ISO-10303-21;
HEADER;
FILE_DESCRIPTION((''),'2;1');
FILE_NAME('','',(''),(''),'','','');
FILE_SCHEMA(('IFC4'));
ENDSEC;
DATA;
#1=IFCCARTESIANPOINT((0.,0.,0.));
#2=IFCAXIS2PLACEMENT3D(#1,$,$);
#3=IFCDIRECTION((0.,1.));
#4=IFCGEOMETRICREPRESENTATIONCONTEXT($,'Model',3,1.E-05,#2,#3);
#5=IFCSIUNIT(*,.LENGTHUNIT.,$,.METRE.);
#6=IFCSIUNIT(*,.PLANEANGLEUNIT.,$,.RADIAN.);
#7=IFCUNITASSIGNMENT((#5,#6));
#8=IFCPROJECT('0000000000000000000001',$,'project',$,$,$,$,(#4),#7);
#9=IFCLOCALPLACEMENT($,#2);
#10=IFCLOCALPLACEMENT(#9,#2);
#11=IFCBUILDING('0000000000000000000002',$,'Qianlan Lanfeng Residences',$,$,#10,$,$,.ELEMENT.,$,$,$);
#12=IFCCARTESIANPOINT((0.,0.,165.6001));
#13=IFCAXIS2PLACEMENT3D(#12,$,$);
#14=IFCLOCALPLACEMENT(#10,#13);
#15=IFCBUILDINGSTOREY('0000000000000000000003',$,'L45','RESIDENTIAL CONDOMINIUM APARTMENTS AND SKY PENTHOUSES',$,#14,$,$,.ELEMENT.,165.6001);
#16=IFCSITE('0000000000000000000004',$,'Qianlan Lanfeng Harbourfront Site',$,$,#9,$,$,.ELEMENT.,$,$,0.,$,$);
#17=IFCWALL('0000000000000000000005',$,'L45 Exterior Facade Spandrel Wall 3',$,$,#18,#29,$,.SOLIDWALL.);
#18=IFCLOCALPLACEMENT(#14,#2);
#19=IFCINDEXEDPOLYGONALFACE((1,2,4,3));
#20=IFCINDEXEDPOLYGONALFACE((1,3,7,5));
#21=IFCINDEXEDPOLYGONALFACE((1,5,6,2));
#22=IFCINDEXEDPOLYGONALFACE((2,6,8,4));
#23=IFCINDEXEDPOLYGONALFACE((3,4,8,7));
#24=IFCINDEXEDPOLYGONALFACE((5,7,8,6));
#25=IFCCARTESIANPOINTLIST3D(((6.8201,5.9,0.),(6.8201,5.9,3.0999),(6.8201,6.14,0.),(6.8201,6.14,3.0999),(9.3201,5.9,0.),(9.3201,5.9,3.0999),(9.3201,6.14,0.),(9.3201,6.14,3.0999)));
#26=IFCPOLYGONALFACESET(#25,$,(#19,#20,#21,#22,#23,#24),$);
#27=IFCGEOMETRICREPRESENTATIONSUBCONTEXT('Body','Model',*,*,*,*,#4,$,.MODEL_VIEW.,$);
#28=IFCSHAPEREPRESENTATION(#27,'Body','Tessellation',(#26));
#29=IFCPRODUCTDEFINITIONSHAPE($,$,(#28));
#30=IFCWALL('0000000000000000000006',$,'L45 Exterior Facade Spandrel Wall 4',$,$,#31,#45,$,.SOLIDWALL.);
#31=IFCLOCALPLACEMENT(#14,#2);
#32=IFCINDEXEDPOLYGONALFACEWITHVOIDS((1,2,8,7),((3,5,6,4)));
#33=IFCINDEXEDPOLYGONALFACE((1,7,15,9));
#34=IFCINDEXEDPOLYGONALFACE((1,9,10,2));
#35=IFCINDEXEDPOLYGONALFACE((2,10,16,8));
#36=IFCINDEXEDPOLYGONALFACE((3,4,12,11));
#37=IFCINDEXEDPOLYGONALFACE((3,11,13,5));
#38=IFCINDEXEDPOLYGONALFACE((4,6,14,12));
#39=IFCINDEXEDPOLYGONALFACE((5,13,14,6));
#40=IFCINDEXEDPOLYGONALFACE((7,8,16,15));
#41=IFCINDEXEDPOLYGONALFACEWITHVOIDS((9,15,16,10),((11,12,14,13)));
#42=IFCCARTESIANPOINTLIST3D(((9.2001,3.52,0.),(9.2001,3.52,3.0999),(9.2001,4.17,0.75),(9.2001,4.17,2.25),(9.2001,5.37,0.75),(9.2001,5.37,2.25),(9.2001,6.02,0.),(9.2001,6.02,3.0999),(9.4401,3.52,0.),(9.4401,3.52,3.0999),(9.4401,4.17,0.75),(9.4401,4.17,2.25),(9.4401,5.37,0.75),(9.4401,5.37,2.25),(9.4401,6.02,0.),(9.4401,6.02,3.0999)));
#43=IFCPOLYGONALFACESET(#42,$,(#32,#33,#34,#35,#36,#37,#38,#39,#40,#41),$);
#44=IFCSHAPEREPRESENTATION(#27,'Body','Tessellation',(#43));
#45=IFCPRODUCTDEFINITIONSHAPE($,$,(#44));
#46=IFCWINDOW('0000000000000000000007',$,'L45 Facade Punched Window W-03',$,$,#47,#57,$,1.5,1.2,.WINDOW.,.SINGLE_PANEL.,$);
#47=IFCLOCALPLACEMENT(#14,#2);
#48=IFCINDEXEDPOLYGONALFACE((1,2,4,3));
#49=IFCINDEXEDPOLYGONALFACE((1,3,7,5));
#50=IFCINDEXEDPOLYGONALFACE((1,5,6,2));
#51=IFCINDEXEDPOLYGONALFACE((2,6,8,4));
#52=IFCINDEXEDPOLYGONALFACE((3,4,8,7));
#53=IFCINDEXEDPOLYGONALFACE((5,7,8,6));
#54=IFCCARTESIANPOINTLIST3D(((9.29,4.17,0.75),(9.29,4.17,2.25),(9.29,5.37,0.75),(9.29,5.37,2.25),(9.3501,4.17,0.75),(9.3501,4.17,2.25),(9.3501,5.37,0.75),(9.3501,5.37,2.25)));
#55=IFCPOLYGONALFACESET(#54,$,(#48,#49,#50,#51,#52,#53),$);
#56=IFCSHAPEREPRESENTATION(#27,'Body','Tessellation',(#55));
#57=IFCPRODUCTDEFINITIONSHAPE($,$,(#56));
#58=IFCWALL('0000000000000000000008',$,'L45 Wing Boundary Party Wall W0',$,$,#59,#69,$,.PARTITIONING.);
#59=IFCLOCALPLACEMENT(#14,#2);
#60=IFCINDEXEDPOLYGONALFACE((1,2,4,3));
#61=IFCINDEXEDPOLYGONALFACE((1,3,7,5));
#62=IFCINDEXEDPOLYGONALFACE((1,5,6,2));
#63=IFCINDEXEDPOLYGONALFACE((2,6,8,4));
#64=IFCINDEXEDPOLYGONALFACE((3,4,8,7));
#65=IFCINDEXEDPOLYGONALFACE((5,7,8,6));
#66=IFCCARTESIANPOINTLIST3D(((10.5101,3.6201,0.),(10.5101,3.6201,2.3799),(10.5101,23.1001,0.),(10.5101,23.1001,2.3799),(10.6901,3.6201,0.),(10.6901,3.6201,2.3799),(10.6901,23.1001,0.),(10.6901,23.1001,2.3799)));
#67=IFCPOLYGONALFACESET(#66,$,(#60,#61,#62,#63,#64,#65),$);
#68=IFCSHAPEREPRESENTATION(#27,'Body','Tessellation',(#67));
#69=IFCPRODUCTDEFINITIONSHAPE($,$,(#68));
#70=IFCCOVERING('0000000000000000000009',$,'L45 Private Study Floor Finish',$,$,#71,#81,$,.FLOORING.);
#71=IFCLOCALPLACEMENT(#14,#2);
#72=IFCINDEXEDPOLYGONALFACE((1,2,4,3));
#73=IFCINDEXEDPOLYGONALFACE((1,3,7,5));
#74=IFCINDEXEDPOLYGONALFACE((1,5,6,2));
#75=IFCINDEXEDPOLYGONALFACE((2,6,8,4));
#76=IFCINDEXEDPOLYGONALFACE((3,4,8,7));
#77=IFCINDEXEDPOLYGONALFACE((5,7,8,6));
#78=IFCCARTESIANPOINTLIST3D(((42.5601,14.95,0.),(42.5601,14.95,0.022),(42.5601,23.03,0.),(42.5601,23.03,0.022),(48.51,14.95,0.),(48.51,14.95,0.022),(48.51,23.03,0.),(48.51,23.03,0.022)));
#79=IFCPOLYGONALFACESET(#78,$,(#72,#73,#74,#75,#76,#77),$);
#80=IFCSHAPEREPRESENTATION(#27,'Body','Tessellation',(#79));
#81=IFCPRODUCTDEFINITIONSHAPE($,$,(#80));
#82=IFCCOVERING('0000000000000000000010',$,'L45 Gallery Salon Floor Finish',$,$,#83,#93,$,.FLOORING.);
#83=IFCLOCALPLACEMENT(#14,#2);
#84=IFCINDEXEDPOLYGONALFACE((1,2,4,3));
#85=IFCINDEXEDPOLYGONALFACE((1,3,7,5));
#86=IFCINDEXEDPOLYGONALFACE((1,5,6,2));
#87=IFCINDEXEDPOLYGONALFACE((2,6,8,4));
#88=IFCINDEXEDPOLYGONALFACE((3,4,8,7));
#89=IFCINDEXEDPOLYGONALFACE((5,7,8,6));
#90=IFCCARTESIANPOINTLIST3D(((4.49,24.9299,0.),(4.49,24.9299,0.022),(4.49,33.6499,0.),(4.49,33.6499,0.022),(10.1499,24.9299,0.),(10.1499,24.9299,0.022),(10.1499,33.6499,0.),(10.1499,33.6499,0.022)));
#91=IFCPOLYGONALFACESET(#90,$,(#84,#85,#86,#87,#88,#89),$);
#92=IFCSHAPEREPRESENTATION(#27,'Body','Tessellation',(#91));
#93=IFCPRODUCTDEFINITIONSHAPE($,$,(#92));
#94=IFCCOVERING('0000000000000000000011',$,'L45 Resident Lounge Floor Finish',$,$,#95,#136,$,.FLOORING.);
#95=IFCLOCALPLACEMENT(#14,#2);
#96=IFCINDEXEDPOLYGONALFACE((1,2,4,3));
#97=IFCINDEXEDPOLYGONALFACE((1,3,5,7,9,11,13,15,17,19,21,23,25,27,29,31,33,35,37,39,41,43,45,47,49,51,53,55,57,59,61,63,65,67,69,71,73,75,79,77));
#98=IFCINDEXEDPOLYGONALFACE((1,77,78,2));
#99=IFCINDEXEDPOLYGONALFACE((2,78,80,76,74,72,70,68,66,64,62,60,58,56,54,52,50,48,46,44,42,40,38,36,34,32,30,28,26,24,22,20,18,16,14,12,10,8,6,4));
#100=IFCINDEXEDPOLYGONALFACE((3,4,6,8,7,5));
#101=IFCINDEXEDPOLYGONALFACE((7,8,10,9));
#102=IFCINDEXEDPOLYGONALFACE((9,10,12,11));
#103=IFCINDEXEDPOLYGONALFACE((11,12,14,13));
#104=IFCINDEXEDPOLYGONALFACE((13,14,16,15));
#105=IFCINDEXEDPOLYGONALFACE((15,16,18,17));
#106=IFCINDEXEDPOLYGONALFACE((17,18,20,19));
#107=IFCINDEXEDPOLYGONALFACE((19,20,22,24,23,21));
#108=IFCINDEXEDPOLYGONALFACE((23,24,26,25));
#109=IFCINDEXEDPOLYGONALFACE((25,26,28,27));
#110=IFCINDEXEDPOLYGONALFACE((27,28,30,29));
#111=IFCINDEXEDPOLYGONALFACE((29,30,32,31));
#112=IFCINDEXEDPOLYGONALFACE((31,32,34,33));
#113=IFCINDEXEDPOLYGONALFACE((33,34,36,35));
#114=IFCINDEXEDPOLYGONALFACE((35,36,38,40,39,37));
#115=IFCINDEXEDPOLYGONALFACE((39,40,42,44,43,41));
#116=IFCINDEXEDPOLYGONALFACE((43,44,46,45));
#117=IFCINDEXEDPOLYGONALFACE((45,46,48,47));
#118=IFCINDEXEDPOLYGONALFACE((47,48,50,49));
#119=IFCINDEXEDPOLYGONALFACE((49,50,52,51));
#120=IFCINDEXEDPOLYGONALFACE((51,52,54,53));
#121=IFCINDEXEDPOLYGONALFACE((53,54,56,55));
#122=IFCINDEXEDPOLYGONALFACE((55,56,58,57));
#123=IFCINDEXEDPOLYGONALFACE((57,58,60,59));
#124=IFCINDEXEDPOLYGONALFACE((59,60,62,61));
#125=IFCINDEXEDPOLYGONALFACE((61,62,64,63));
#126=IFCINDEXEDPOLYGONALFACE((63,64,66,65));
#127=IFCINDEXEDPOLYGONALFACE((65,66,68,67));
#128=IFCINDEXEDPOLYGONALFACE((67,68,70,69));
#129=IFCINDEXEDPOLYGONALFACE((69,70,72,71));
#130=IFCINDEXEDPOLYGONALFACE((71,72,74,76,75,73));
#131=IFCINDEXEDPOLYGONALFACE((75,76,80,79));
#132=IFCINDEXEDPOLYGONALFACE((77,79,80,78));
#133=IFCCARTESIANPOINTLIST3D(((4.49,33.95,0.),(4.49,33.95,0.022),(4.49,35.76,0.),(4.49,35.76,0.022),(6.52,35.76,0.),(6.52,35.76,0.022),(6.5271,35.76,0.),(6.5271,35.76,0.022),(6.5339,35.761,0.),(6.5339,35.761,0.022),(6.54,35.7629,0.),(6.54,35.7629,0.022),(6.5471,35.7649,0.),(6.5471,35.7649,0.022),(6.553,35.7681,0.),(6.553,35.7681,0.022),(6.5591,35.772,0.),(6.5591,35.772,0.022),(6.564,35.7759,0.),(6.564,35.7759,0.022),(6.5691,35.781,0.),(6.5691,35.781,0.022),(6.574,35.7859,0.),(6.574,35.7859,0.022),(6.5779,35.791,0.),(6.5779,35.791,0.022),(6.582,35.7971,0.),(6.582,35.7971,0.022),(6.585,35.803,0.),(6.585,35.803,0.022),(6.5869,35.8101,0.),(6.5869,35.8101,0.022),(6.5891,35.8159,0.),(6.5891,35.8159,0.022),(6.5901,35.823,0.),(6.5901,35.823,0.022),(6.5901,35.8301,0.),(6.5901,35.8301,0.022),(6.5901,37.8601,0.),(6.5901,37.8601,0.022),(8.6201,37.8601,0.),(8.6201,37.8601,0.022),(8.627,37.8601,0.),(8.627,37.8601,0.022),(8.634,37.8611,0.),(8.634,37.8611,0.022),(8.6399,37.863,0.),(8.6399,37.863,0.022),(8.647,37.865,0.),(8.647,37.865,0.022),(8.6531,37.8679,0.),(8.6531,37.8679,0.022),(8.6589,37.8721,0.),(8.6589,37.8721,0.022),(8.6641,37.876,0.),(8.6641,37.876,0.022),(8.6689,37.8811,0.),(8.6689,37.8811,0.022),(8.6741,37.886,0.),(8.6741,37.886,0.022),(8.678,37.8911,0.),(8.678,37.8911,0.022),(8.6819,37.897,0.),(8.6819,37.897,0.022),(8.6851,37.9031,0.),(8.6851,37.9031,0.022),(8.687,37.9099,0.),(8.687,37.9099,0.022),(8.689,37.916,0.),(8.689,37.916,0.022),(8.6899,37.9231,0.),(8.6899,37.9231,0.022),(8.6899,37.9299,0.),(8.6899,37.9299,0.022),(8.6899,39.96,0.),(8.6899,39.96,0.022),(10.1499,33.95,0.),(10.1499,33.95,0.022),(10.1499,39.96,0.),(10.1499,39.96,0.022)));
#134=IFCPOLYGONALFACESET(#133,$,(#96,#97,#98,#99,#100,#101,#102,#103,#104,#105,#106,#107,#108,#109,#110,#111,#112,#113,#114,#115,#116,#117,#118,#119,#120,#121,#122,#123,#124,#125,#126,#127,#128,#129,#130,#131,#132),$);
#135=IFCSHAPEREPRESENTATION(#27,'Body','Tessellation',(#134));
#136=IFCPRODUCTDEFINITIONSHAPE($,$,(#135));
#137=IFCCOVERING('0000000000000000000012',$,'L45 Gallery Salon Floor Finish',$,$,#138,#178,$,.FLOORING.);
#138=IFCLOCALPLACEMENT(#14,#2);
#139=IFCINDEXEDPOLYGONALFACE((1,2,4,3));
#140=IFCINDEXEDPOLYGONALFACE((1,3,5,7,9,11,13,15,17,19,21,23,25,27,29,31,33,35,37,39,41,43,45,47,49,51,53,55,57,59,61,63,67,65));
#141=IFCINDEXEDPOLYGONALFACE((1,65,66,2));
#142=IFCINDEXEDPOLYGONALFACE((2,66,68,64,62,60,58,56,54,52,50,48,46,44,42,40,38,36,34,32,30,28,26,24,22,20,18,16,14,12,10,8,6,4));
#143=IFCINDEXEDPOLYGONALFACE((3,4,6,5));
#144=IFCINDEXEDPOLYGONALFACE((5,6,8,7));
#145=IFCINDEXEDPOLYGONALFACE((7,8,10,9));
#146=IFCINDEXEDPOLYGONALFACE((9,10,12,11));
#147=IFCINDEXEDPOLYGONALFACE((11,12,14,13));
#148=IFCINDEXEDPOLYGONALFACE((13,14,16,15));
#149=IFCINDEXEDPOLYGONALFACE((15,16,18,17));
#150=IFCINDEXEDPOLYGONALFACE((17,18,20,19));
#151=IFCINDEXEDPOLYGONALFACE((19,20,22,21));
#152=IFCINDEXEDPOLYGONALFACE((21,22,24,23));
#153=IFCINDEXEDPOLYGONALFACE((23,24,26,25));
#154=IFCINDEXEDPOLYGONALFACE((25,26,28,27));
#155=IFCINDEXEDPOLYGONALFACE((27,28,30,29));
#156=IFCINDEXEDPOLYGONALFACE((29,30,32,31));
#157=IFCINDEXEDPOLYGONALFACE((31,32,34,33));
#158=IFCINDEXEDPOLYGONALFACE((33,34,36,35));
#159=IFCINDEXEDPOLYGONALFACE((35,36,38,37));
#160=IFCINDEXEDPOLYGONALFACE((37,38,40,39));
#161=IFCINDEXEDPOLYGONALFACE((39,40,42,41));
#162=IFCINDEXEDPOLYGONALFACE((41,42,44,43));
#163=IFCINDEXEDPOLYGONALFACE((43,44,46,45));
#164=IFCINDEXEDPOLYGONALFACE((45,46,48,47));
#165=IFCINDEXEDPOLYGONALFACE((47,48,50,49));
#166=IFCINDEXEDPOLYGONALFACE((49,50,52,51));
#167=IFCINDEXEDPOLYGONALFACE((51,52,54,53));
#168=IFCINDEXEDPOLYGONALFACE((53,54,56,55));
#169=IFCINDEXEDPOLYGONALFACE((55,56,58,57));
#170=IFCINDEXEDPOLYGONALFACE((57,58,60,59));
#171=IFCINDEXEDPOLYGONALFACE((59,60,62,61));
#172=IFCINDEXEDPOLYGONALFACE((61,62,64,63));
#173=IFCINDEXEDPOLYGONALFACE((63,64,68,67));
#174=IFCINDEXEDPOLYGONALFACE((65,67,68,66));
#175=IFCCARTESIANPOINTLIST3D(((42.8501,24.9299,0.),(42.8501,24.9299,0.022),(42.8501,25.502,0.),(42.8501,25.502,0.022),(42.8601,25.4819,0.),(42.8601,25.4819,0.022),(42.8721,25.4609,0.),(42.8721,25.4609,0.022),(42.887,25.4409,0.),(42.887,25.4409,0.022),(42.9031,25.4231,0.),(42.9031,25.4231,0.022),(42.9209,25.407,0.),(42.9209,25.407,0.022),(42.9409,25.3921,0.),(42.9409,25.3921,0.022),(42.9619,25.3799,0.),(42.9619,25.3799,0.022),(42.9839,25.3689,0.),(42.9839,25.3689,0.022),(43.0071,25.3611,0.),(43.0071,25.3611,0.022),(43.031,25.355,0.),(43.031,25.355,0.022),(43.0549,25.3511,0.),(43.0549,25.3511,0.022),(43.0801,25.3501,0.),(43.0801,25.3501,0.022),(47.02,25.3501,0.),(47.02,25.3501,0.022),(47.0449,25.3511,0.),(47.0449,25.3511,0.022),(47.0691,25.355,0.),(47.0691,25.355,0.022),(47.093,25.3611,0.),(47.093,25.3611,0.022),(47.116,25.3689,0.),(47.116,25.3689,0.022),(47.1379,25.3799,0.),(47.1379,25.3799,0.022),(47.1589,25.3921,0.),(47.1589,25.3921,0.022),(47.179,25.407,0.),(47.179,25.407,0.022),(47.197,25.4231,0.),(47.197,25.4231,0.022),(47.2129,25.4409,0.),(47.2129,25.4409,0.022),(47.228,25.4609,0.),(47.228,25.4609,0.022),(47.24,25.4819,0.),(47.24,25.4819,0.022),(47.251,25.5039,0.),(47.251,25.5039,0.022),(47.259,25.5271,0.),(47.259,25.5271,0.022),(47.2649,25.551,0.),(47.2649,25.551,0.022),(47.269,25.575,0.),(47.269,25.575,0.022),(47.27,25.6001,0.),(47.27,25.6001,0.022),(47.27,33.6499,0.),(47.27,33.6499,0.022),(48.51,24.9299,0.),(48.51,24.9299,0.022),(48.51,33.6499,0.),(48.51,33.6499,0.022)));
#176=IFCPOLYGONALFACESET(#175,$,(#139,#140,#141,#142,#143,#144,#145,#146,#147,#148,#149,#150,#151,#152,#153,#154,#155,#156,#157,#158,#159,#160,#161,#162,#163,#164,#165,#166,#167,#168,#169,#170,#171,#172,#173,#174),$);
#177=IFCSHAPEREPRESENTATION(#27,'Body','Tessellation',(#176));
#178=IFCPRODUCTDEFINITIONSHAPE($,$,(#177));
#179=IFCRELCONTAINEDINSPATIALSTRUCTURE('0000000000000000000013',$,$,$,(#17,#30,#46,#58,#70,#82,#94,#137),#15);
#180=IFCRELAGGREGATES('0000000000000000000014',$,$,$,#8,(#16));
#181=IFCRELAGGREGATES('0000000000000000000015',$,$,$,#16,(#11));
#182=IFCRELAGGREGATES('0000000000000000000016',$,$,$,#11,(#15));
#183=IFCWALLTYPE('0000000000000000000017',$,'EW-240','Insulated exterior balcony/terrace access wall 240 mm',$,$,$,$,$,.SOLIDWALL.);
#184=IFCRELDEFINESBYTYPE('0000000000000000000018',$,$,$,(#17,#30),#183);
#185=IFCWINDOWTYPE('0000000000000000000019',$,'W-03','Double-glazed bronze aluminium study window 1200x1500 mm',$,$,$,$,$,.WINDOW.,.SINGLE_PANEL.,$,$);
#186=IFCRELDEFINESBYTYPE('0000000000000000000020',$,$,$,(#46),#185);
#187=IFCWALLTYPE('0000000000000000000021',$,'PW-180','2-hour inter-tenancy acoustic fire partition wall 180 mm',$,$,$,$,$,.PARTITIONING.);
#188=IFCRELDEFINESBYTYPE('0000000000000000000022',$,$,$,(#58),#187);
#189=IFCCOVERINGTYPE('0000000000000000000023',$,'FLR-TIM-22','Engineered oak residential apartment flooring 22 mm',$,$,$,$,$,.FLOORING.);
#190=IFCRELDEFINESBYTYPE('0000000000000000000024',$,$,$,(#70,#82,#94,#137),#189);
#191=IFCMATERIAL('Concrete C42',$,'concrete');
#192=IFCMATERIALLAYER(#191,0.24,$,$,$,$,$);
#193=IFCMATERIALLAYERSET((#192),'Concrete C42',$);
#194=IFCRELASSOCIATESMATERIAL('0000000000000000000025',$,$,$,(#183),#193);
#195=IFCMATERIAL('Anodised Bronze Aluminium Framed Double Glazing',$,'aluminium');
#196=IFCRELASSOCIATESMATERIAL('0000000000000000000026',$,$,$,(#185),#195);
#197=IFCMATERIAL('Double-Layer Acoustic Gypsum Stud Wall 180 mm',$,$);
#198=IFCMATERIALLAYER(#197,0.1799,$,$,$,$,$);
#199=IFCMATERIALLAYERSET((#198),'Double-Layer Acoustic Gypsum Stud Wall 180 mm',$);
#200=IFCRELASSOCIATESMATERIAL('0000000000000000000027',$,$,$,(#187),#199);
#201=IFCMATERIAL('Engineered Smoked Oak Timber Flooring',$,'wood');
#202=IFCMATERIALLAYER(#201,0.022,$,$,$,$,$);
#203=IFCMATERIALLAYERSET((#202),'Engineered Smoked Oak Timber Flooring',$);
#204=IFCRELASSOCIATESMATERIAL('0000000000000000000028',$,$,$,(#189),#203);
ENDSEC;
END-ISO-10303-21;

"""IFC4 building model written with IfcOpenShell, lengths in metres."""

from ifc_helpers import new_model, si_unit, direction, frame, frame_2d, origin, place, context, subcontext, project, spatial, polyline, rectangle, outline, extrude, material, layer, layer_set, type_object, element, fill, save


model = new_model("IFC4")

# Units and contexts
model_context = context("Model", 3, precision=1e-05, world=origin(), true_north=direction((0.0, 1.0)))
body_context = subcontext(model_context, "Body", "Model", "MODEL_VIEW")
ifc_project = project(units=[si_unit("LENGTHUNIT", "METRE"), si_unit("PLANEANGLEUNIT", "RADIAN")], contexts=[model_context])

# Site, building, storey
site_placement = place(None, origin())
site = spatial("IfcSite", under=ifc_project, at=site_placement, Name="Qianlan Lanfeng Harbourfront Site", CompositionType="ELEMENT", RefElevation=0.0)
building_placement = place(site_placement, origin())
building = spatial("IfcBuilding", under=site, at=building_placement, Name="Qianlan Lanfeng Residences", CompositionType="ELEMENT")
storey_placement = place(building_placement, frame((0.0, 0.0, 165.6001)))
storey = spatial("IfcBuildingStorey", under=building, at=storey_placement, Name="L45", Description="RESIDENTIAL CONDOMINIUM APARTMENTS AND SKY PENTHOUSES", CompositionType="ELEMENT", Elevation=165.6001)

# Wall
ifc_material_1 = material(Name="Concrete C42", Category="concrete")
ifc_layer_1 = layer(ifc_material_1, 0.24)
ifc_layer_set_1 = layer_set([ifc_layer_1], Name="Concrete C42")
wall_type_1 = type_object("IfcWallType", Name="EW-240", Description="Insulated exterior balcony/terrace access wall 240 mm", PredefinedType="SOLIDWALL", material=ifc_layer_set_1)
for number, where, z_axis, x_axis, name in (
    (1, (6.8201, 6.02, 0.0), (0.0, 0.0, 1.0), (1.0, 0.0, 0.0), "L45 Exterior Facade Spandrel Wall 3"),
):
    element("IfcWall", number, at=place(storey_placement, frame(where, z_axis=z_axis, x_axis=x_axis)), inside=storey, type_object=wall_type_1, Name=name, PredefinedType="SOLIDWALL", context=body_context, shape_type="SweptSolid", body=[
        extrude(rectangle(XDim=2.5, YDim=0.24, at=frame_2d((1.25, 0.0))), origin(), (0.0, 0.0, 1.0), 3.0999),
    ])

# Wall, opening, window
wall_1_placement = place(storey_placement, frame((9.3201, 6.02, 0.0), z_axis=(0.0, 0.0, 1.0), x_axis=(0.0, -1.0, 0.0)))
wall_1 = element("IfcWall", 2, at=wall_1_placement, inside=storey, type_object=wall_type_1, Name="L45 Exterior Facade Spandrel Wall 4", PredefinedType="SOLIDWALL", context=body_context, shape_type="SweptSolid", body=[
    extrude(rectangle(XDim=2.5, YDim=0.24, at=frame_2d((1.25, 0.0))), origin(), (0.0, 0.0, 1.0), 3.0999),
])
opening_placement = place(wall_1_placement, frame((0.6499, 0.0, 0.75)))
opening = element("IfcOpeningElement", 3, at=opening_placement, cuts=wall_1, PredefinedType="OPENING", context=body_context, shape_type="SweptSolid", body=[
    extrude(rectangle(XDim=1.2, YDim=1.5, at=frame_2d((0.6001, 0.75))), frame((0.0, 0.1299, 0.0), z_axis=(0.0, -1.0, 0.0), x_axis=(1.0, 0.0, 0.0)), (0.0, 0.0, 1.0), 0.26),
])
ifc_material_2 = material(Name="Anodised Bronze Aluminium Framed Double Glazing", Category="aluminium")
window_type = type_object("IfcWindowType", Name="W-03", Description="Double-glazed bronze aluminium study window 1200x1500 mm", PartitioningType="SINGLE_PANEL", PredefinedType="WINDOW", material=ifc_material_2)
window_placement = place(opening_placement, origin())
window = element("IfcWindow", 4, at=window_placement, inside=storey, type_object=window_type, Name="L45 Facade Punched Window W-03", OverallHeight=1.5, OverallWidth=1.2, PartitioningType="SINGLE_PANEL", PredefinedType="WINDOW", context=body_context, shape_type="SweptSolid", body=[
    extrude(rectangle(XDim=1.2, YDim=1.5, at=frame_2d((0.6001, 0.75))), frame((0.0, 0.03, 0.0), z_axis=(0.0, -1.0, 0.0), x_axis=(1.0, 0.0, 0.0)), (0.0, 0.0, 1.0), 0.0601),
])
fill(opening, window)

# Wall
ifc_material_3 = material(Name="Double-Layer Acoustic Gypsum Stud Wall 180 mm")
ifc_layer_2 = layer(ifc_material_3, 0.1799)
ifc_layer_set_2 = layer_set([ifc_layer_2], Name="Double-Layer Acoustic Gypsum Stud Wall 180 mm")
wall_type_2 = type_object("IfcWallType", Name="PW-180", Description="2-hour inter-tenancy acoustic fire partition wall 180 mm", PredefinedType="PARTITIONING", material=ifc_layer_set_2)
wall_2_placement = place(storey_placement, frame((10.6001, 3.6201, 0.0), z_axis=(0.0, 0.0, 1.0), x_axis=(0.0, 1.0, 0.0)))
element("IfcWall", 5, at=wall_2_placement, inside=storey, type_object=wall_type_2, Name="L45 Wing Boundary Party Wall W0", PredefinedType="PARTITIONING", context=body_context, shape_type="SweptSolid", body=[
    extrude(rectangle(XDim=19.48, YDim=0.1799, at=frame_2d((9.74, 0.0))), origin(), (0.0, 0.0, 1.0), 2.3799),
])

# Coverings
ifc_material_4 = material(Name="Engineered Smoked Oak Timber Flooring", Category="wood")
ifc_layer_3 = layer(ifc_material_4, 0.022)
ifc_layer_set_3 = layer_set([ifc_layer_3], Name="Engineered Smoked Oak Timber Flooring")
covering_type = type_object("IfcCoveringType", Name="FLR-TIM-22", Description="Engineered oak residential apartment flooring 22 mm", PredefinedType="FLOORING", material=ifc_layer_set_3)
covering_1_placement = place(storey_placement, origin())
element("IfcCovering", 6, at=covering_1_placement, inside=storey, type_object=covering_type, Name="L45 Private Study Floor Finish", PredefinedType="FLOORING", context=body_context, shape_type="SweptSolid", body=[
    extrude(outline(polyline([(48.51, 23.03), (42.5601, 23.03), (42.5601, 14.95), (48.51, 14.95), (48.51, 23.03)])), origin(), (0.0, 0.0, 1.0), 0.022),
])
covering_2_placement = place(storey_placement, origin())
element("IfcCovering", 7, at=covering_2_placement, inside=storey, type_object=covering_type, Name="L45 Gallery Salon Floor Finish", PredefinedType="FLOORING", context=body_context, shape_type="SweptSolid", body=[
    extrude(outline(polyline([(10.1499, 33.6499), (4.49, 33.6499), (4.49, 24.9299), (10.1499, 24.9299), (10.1499, 33.6499)])), origin(), (0.0, 0.0, 1.0), 0.022),
])
covering_3_placement = place(storey_placement, origin())
element("IfcCovering", 8, at=covering_3_placement, inside=storey, type_object=covering_type, Name="L45 Resident Lounge Floor Finish", PredefinedType="FLOORING", context=body_context, shape_type="SweptSolid", body=[
    extrude(outline(polyline([(4.49, 33.95), (10.1499, 33.95), (10.1499, 39.96), (8.6899, 39.96), (8.6899, 37.9299), (8.6899, 37.9231), (8.689, 37.916), (8.687, 37.9099), (8.6851, 37.9031), (8.6819, 37.897), (8.678, 37.8911), (8.6741, 37.886), (8.6689, 37.8811), (8.6641, 37.876), (8.6589, 37.8721), (8.6531, 37.8679), (8.647, 37.865), (8.6399, 37.863), (8.634, 37.8611), (8.627, 37.8601), (8.6201, 37.8601), (6.5901, 37.8601), (6.5901, 35.8301), (6.5901, 35.823), (6.5891, 35.8159), (6.5869, 35.8101), (6.585, 35.803), (6.582, 35.7971), (6.5779, 35.791), (6.574, 35.7859), (6.5691, 35.781), (6.564, 35.7759), (6.5591, 35.772), (6.553, 35.7681), (6.5471, 35.7649), (6.54, 35.7629), (6.5339, 35.761), (6.5271, 35.76), (6.52, 35.76), (4.49, 35.76), (4.49, 33.95)])), origin(), (0.0, 0.0, 1.0), 0.022),
])
covering_4_placement = place(storey_placement, origin())
element("IfcCovering", 9, at=covering_4_placement, inside=storey, type_object=covering_type, Name="L45 Gallery Salon Floor Finish", PredefinedType="FLOORING", context=body_context, shape_type="SweptSolid", body=[
    extrude(outline(polyline([(48.51, 33.6499), (47.27, 33.6499), (47.27, 25.6001), (47.269, 25.575), (47.2649, 25.551), (47.259, 25.5271), (47.251, 25.5039), (47.24, 25.4819), (47.228, 25.4609), (47.2129, 25.4409), (47.197, 25.4231), (47.179, 25.407), (47.1589, 25.3921), (47.1379, 25.3799), (47.116, 25.3689), (47.093, 25.3611), (47.0691, 25.355), (47.0449, 25.3511), (47.02, 25.3501), (43.0801, 25.3501), (43.0549, 25.3511), (43.031, 25.355), (43.0071, 25.3611), (42.9839, 25.3689), (42.9619, 25.3799), (42.9409, 25.3921), (42.9209, 25.407), (42.9031, 25.4231), (42.887, 25.4409), (42.8721, 25.4609), (42.8601, 25.4819), (42.8501, 25.502), (42.8501, 24.9299), (48.51, 24.9299), (48.51, 33.6499)])), origin(), (0.0, 0.0, 1.0), 0.022),
])

save(model, "model.ifc")
